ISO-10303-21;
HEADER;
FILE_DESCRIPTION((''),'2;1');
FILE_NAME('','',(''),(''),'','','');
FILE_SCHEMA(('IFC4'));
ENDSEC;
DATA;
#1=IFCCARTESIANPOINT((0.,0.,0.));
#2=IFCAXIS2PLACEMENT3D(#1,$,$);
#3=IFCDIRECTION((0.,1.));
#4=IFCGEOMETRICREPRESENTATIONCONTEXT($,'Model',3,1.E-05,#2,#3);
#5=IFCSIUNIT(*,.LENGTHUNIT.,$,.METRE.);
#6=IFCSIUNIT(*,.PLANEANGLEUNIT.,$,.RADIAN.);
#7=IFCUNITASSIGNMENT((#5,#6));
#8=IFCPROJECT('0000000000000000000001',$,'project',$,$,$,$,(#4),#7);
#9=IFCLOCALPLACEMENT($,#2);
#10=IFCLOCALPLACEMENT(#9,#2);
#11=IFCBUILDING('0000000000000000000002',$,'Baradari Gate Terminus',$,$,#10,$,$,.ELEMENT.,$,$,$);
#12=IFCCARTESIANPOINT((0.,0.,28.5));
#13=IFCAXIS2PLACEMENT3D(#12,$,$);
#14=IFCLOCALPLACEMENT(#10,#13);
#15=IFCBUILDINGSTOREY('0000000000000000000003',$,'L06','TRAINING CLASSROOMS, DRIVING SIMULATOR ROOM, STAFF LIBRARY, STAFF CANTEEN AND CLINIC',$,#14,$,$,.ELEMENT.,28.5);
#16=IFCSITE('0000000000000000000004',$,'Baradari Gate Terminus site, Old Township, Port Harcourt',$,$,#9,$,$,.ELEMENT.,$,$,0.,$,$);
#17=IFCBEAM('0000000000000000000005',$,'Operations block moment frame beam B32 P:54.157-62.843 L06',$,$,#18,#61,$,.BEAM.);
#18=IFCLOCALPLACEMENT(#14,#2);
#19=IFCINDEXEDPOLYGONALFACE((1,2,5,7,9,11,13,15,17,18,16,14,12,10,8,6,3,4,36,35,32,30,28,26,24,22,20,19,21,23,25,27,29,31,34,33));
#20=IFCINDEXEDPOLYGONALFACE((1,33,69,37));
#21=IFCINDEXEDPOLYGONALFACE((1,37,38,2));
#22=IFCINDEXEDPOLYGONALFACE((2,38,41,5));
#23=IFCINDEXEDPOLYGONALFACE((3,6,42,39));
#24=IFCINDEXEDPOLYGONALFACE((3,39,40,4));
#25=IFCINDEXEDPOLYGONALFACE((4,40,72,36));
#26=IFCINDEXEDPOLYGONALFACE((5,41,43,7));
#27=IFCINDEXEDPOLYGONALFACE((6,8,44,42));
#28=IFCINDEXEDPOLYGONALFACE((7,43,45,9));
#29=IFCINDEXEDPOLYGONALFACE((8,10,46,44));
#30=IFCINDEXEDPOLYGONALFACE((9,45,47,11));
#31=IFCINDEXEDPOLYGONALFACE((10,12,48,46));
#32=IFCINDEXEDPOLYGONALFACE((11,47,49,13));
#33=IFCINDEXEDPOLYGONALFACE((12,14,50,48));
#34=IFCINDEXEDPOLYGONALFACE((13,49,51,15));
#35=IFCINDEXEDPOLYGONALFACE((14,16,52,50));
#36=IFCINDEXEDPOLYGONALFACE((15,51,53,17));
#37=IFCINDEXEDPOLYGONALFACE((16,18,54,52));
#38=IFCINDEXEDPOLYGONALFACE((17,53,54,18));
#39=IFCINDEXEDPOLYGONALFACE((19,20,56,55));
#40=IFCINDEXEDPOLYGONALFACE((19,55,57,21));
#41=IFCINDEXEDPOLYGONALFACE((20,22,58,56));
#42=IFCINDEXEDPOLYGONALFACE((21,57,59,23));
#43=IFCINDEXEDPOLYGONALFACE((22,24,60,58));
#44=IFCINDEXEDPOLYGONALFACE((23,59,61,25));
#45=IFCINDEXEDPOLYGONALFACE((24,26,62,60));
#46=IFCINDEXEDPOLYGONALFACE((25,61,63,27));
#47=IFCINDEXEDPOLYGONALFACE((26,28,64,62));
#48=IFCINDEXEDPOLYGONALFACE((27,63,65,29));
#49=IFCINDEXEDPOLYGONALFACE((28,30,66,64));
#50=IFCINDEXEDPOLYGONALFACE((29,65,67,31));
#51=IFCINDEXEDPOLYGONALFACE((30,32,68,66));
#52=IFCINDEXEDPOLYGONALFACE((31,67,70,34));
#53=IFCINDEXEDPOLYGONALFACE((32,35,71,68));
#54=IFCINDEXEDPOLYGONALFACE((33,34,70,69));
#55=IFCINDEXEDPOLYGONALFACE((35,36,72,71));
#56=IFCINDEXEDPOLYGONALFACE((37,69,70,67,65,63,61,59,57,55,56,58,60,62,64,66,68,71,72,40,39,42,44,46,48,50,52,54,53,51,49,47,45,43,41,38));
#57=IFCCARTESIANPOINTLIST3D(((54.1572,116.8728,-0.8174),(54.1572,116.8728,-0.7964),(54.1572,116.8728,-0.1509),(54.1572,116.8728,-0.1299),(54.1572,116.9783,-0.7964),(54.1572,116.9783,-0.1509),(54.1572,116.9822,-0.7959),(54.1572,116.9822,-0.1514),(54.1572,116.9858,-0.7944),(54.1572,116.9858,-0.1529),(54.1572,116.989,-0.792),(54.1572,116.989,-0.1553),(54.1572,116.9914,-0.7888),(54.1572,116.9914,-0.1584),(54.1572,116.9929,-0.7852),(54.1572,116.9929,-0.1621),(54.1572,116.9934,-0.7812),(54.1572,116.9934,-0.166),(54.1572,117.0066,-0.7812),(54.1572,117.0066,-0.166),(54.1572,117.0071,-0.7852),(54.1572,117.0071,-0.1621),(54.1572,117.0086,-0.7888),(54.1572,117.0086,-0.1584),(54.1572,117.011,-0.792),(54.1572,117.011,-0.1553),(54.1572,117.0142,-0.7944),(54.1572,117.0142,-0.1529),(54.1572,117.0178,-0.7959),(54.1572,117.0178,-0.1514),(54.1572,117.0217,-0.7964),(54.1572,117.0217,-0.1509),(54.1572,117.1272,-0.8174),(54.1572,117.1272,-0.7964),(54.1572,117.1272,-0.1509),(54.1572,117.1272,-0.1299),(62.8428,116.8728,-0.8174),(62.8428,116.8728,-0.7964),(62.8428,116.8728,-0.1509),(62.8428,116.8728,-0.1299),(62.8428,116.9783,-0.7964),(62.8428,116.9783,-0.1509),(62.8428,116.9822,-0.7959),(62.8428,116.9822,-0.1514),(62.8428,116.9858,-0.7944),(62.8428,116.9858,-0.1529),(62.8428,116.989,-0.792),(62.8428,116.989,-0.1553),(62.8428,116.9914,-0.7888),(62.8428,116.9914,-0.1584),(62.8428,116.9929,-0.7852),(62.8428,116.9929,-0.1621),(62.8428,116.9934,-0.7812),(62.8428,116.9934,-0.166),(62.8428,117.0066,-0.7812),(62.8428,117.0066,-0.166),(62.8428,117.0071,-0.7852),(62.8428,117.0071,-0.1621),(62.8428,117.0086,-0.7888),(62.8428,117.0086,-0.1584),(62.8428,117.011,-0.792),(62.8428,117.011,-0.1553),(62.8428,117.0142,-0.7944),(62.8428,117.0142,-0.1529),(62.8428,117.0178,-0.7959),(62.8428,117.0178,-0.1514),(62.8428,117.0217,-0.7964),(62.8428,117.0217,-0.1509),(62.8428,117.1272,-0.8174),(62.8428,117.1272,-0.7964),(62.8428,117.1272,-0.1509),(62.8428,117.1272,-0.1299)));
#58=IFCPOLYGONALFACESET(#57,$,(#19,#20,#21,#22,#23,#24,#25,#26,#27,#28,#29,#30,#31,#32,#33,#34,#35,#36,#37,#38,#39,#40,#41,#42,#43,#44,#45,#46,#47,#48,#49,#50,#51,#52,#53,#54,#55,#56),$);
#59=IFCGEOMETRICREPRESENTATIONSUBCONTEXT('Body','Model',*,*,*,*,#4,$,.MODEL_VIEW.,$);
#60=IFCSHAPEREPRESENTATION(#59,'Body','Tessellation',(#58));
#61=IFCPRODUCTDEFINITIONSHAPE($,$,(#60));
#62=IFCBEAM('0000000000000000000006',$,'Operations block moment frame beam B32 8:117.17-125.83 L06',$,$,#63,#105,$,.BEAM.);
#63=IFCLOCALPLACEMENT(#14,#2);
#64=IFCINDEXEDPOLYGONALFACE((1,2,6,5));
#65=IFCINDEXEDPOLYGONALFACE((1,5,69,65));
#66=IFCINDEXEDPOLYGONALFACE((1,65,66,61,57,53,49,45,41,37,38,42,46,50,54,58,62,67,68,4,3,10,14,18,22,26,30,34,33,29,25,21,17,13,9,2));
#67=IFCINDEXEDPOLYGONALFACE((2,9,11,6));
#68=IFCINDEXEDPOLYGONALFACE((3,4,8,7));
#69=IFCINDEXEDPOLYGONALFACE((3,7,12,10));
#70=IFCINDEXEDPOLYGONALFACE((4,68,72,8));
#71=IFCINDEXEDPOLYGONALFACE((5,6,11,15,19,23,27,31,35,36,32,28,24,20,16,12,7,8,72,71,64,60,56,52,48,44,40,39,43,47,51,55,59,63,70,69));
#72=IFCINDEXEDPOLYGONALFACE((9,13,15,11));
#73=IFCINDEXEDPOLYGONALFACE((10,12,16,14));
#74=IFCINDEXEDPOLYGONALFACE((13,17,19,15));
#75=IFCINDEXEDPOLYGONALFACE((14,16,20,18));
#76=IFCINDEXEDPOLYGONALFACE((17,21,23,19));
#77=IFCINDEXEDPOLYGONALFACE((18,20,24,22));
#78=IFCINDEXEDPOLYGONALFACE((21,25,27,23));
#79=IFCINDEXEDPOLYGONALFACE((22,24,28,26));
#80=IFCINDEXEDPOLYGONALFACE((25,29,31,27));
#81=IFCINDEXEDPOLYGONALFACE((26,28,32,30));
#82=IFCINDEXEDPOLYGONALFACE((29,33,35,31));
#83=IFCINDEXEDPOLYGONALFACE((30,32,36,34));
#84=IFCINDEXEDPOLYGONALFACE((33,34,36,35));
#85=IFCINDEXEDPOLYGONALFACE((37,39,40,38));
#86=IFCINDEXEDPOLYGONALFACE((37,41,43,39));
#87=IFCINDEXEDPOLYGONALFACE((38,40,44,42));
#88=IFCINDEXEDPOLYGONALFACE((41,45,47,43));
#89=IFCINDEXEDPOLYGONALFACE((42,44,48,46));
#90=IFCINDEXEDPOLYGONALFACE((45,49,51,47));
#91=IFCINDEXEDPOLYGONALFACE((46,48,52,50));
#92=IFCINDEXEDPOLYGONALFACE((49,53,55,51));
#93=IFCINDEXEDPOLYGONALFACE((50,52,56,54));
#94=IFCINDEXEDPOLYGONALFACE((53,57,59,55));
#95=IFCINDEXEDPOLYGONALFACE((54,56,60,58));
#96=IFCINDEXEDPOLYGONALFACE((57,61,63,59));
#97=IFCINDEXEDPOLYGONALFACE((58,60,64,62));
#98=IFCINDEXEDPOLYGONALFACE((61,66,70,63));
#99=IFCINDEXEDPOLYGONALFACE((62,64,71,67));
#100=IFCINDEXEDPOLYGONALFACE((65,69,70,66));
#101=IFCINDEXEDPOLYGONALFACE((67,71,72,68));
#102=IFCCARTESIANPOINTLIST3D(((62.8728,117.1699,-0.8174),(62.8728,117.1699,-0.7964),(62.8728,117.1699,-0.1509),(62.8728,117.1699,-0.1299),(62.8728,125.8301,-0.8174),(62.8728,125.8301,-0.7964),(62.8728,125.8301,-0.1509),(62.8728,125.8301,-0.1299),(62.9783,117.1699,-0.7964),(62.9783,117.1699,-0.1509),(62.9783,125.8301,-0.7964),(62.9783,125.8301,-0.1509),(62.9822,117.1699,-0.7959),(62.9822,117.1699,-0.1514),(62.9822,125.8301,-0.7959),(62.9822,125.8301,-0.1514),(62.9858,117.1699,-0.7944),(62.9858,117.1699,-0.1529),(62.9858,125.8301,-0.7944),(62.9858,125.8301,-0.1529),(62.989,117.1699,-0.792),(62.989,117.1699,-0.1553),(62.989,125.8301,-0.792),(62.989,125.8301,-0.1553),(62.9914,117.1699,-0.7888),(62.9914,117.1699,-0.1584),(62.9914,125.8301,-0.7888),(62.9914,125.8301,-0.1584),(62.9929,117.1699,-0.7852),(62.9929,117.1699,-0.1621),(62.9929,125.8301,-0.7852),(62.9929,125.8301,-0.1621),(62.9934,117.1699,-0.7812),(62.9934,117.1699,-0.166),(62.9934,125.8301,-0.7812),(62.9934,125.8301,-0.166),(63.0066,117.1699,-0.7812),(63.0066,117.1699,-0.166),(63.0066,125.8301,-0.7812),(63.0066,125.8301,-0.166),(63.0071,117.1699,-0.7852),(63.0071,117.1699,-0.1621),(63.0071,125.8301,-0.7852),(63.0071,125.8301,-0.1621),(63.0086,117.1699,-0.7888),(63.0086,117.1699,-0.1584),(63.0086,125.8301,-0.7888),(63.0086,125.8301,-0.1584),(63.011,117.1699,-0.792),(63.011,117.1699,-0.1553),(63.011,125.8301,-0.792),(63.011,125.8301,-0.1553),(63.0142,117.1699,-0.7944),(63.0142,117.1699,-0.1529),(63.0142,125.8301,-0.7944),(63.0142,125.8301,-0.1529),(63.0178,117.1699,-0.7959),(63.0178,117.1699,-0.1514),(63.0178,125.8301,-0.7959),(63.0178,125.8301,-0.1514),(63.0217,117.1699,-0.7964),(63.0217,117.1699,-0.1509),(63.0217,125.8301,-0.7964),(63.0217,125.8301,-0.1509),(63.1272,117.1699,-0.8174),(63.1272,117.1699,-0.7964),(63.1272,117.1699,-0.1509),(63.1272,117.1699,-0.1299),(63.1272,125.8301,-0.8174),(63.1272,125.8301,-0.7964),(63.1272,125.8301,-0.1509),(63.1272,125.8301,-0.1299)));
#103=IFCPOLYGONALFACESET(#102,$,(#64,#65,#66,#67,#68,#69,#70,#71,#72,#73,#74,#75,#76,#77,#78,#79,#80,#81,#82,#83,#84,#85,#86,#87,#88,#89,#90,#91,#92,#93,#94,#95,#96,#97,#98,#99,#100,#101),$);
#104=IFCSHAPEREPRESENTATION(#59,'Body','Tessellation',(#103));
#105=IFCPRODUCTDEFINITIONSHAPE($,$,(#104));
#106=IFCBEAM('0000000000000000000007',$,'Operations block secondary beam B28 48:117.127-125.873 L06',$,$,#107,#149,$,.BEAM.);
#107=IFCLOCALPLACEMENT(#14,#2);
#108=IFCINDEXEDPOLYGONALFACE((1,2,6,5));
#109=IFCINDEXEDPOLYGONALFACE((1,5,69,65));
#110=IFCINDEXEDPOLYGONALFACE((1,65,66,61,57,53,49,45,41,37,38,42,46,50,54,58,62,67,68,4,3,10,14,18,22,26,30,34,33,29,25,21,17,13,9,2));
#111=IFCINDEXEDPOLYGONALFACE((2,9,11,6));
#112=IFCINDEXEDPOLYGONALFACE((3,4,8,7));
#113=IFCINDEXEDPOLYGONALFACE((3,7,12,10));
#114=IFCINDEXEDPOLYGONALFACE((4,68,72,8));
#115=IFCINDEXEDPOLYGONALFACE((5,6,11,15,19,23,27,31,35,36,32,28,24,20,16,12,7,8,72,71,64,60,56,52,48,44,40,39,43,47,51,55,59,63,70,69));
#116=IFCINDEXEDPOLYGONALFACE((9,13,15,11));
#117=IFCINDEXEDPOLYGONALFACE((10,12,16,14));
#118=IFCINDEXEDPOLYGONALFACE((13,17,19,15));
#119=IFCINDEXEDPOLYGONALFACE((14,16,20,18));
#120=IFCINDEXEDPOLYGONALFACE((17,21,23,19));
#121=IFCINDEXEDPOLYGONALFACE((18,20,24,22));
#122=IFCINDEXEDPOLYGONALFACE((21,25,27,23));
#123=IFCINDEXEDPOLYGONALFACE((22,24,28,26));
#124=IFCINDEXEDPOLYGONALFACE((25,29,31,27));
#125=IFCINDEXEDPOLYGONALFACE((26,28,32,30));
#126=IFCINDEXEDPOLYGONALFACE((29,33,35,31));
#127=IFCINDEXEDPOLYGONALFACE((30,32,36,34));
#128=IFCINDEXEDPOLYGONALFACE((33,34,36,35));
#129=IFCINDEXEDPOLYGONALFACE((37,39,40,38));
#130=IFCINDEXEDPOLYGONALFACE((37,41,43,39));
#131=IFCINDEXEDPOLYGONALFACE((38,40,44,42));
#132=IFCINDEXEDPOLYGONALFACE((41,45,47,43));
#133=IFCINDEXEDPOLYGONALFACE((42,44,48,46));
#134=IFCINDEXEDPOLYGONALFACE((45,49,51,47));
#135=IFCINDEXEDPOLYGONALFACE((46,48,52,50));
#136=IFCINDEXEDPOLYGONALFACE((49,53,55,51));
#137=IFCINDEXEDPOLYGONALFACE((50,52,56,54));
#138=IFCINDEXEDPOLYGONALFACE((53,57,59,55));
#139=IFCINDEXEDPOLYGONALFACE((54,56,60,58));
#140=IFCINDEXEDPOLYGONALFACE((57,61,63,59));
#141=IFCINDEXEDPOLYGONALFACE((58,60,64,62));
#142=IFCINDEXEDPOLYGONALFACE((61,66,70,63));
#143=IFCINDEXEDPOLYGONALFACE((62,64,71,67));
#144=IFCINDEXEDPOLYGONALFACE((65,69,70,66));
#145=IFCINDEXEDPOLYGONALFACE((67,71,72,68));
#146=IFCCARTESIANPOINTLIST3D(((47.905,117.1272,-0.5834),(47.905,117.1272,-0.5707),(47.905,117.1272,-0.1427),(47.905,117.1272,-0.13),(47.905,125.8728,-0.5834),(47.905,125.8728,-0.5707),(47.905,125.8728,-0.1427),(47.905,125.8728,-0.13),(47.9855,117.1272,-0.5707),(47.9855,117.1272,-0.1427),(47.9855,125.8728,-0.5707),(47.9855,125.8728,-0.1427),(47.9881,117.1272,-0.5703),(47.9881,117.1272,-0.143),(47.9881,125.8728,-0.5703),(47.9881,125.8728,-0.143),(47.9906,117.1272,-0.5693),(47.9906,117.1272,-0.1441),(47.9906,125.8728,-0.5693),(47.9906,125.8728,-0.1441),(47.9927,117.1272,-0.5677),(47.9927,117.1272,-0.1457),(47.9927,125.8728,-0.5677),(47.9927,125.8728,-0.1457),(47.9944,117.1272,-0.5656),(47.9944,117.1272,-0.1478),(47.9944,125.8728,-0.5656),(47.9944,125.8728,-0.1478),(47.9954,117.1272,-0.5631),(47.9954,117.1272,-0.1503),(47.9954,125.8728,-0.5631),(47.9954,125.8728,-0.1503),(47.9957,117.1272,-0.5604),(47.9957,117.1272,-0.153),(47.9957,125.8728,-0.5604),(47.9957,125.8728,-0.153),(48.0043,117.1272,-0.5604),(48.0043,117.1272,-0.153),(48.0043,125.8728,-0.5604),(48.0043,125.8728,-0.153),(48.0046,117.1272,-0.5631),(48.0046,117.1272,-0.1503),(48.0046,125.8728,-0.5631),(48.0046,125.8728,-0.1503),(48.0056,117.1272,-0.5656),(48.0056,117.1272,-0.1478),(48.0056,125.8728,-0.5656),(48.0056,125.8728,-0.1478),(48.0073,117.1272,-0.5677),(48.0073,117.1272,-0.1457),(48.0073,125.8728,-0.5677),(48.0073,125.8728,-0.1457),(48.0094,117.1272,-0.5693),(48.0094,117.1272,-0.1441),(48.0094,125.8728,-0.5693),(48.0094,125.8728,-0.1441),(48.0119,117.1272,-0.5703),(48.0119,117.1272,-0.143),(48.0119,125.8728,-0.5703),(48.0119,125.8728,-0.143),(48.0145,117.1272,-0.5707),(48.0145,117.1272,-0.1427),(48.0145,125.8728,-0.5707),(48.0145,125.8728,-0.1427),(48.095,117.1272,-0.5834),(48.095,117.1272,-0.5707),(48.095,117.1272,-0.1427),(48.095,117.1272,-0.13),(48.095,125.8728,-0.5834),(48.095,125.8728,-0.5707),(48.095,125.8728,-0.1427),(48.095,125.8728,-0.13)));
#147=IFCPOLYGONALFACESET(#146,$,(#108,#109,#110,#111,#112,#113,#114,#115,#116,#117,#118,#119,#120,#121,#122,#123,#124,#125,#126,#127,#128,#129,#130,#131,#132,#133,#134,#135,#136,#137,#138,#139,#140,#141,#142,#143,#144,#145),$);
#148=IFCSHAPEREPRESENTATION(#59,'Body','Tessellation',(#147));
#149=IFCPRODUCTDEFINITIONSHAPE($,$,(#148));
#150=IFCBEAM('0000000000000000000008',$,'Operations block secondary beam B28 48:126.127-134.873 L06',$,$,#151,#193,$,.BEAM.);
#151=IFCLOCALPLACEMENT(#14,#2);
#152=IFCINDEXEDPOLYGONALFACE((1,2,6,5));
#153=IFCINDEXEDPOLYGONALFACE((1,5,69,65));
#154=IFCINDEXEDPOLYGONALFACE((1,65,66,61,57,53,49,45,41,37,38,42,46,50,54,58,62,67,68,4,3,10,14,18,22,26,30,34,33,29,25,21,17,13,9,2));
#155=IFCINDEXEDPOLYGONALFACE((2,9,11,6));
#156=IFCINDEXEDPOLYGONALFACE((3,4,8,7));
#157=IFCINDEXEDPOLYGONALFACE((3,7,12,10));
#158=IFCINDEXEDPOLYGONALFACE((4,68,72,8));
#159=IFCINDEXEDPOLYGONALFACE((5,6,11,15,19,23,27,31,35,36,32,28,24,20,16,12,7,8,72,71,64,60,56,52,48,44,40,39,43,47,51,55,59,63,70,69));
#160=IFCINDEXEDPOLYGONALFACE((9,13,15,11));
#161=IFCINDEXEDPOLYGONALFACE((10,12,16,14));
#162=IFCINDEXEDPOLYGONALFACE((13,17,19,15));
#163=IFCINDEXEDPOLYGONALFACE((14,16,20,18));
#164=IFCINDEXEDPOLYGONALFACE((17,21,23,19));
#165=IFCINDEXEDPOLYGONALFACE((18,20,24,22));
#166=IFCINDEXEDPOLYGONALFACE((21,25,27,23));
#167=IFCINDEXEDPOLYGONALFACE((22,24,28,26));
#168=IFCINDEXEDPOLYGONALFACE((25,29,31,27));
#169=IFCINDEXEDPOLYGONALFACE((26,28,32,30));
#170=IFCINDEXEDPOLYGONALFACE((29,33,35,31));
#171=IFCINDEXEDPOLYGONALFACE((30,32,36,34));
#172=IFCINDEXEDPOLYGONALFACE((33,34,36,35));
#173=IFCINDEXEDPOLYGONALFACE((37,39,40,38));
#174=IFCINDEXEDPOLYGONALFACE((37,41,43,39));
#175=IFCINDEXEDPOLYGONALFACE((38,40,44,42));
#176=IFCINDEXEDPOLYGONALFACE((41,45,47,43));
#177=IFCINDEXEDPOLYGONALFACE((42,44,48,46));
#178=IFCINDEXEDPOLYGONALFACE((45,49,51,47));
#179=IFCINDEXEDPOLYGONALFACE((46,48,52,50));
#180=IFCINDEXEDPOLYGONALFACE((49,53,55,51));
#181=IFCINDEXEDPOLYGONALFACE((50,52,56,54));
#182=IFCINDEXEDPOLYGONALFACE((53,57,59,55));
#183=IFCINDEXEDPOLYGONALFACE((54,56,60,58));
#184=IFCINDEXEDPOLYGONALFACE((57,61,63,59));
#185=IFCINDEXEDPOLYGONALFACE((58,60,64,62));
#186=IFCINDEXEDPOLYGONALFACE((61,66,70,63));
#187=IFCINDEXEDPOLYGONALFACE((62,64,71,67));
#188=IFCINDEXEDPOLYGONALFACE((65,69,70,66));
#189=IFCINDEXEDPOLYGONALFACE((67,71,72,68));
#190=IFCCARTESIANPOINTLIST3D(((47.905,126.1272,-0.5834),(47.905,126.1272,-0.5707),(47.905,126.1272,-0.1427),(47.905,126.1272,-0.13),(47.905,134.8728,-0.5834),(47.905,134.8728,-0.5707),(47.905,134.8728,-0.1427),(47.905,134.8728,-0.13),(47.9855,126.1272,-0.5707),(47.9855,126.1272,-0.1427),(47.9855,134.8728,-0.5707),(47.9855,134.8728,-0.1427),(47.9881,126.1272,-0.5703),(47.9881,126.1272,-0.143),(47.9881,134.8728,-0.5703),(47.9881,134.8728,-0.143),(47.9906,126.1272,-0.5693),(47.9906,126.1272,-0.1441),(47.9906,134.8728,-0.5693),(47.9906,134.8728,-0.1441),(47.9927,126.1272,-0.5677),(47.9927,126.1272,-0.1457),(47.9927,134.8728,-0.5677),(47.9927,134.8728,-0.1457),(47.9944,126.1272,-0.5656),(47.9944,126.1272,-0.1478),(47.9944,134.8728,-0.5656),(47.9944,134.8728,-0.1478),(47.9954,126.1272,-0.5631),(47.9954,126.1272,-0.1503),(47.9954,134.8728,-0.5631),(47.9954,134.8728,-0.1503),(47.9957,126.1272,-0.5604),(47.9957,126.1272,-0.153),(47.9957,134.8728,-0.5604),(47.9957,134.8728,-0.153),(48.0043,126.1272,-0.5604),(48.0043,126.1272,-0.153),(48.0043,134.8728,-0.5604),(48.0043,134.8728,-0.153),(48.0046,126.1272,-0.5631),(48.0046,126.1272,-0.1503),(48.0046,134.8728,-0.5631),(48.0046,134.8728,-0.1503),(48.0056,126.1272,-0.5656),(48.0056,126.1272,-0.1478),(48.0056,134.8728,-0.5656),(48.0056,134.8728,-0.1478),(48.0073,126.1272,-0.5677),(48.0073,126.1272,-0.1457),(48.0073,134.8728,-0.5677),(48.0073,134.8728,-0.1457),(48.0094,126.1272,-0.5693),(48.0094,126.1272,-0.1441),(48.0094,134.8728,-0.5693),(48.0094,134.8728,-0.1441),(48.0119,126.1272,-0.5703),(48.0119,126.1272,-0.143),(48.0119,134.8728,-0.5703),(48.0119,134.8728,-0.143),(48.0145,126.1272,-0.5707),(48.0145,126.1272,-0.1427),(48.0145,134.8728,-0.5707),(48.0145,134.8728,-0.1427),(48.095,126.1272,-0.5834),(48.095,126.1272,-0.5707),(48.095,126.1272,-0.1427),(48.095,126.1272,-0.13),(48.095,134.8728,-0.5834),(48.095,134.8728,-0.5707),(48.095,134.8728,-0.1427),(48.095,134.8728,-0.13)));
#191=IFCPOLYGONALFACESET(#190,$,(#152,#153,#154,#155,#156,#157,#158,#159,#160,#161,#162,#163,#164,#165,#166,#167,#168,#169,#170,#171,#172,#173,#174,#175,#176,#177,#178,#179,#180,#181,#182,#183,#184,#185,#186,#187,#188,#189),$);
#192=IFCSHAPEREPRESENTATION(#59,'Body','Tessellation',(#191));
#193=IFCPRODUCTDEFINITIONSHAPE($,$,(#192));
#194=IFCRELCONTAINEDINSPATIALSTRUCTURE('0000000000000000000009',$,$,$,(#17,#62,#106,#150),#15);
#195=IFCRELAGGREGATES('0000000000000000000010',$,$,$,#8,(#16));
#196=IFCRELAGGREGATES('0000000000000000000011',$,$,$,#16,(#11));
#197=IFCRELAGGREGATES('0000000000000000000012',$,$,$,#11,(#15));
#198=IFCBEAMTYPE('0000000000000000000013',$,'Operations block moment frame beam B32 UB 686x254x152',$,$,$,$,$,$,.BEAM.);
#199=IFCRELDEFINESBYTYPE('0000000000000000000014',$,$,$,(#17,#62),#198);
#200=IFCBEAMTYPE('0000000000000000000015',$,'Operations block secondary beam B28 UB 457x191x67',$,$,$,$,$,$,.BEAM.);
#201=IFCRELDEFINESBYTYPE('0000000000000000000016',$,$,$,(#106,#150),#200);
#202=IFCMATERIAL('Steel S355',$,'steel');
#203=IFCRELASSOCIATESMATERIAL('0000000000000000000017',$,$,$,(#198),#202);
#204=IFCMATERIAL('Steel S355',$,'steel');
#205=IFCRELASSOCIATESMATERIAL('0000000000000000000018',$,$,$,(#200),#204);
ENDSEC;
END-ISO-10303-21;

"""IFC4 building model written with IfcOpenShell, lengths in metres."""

from ifc_helpers import new_model, si_unit, direction, frame, origin, origin_2d, place, context, subcontext, project, spatial, i_section, extrude, material, material_profile, profile_set, type_object, element, save


model = new_model("IFC4")

# Units and contexts
model_context = context("Model", 3, precision=1e-05, world=origin(), true_north=direction((0.0, 1.0)))
body_context = subcontext(model_context, "Body", "Model", "MODEL_VIEW")
ifc_project = project(units=[si_unit("LENGTHUNIT", "METRE"), si_unit("PLANEANGLEUNIT", "RADIAN")], contexts=[model_context])

# Site, building, storey
site_placement = place(None, origin())
site = spatial("IfcSite", under=ifc_project, at=site_placement, Name="Baradari Gate Terminus site, Old Township, Port Harcourt", CompositionType="ELEMENT", RefElevation=0.0)
building_placement = place(site_placement, origin())
building = spatial("IfcBuilding", under=site, at=building_placement, Name="Baradari Gate Terminus", CompositionType="ELEMENT")
storey_placement = place(building_placement, frame((0.0, 0.0, 28.5)))
storey = spatial("IfcBuildingStorey", under=building, at=storey_placement, Name="L06", Description="TRAINING CLASSROOMS, DRIVING SIMULATOR ROOM, STAFF LIBRARY, STAFF CANTEEN AND CLINIC", CompositionType="ELEMENT", Elevation=28.5)

# Beams
ifc_material_1 = material(Name="Steel S355", Category="steel")
ifc_material_profile_1 = material_profile(ifc_material_1, i_section(OverallWidth=0.2544, OverallDepth=0.6875, WebThickness=0.0132, FlangeThickness=0.021, FilletRadius=0.0151, at=origin_2d()), Name="UB 686x254x152")
ifc_profile_set_1 = profile_set([ifc_material_profile_1], Name="Steel S355")
beam_type_1 = type_object("IfcBeamType", Name="Operations block moment frame beam B32 UB 686x254x152", PredefinedType="BEAM", material=ifc_profile_set_1)
for number, where, z_axis, x_axis, name in (
    (1, (54.1572, 117.0, -0.4736), (1.0, 0.0, 0.0), (0.0, 1.0, 0.0), "Operations block moment frame beam B32 P:54.157-62.843 L06"),
):
    element("IfcBeam", number, at=place(storey_placement, frame(where, z_axis=z_axis, x_axis=x_axis)), inside=storey, type_object=beam_type_1, Name=name, PredefinedType="BEAM", context=body_context, shape_type="SweptSolid", body=[
        extrude(i_section(OverallWidth=0.2544, OverallDepth=0.6875, WebThickness=0.0132, FlangeThickness=0.021, FilletRadius=0.0151, at=origin_2d()), origin(), (0.0, 0.0, 1.0), 8.6855),
    ])
beam_1_placement = place(storey_placement, frame((63.0, 117.1699, -0.4736), z_axis=(0.0, 1.0, 0.0), x_axis=(-1.0, 0.0, 0.0)))
element("IfcBeam", 2, at=beam_1_placement, inside=storey, type_object=beam_type_1, Name="Operations block moment frame beam B32 8:117.17-125.83 L06", PredefinedType="BEAM", context=body_context, shape_type="SweptSolid", body=[
    extrude(i_section(OverallWidth=0.2544, OverallDepth=0.6875, WebThickness=0.0132, FlangeThickness=0.021, FilletRadius=0.0151, at=origin_2d()), origin(), (0.0, 0.0, 1.0), 8.6602),
])
ifc_material_2 = material(Name="Steel S355", Category="steel")
ifc_material_profile_2 = material_profile(ifc_material_2, i_section(OverallWidth=0.1899, OverallDepth=0.4534, WebThickness=0.0085, FlangeThickness=0.0127, FilletRadius=0.0103, at=origin_2d()), Name="UB 457x191x67")
ifc_profile_set_2 = profile_set([ifc_material_profile_2], Name="Steel S355")
beam_type_2 = type_object("IfcBeamType", Name="Operations block secondary beam B28 UB 457x191x67", PredefinedType="BEAM", material=ifc_profile_set_2)
for number, where, z_axis, x_axis, name in (
    (3, (48.0, 117.1272, -0.3567), (0.0, 1.0, 0.0), (-1.0, 0.0, 0.0), "Operations block secondary beam B28 48:117.127-125.873 L06"),
    (4, (48.0, 126.1272, -0.3567), (0.0, 1.0, 0.0), (-1.0, 0.0, 0.0), "Operations block secondary beam B28 48:126.127-134.873 L06"),
):
    element("IfcBeam", number, at=place(storey_placement, frame(where, z_axis=z_axis, x_axis=x_axis)), inside=storey, type_object=beam_type_2, Name=name, PredefinedType="BEAM", context=body_context, shape_type="SweptSolid", body=[
        extrude(i_section(OverallWidth=0.1899, OverallDepth=0.4534, WebThickness=0.0085, FlangeThickness=0.0127, FilletRadius=0.0103, at=origin_2d()), origin(), (0.0, 0.0, 1.0), 8.7456),
    ])

save(model, "model.ifc")
